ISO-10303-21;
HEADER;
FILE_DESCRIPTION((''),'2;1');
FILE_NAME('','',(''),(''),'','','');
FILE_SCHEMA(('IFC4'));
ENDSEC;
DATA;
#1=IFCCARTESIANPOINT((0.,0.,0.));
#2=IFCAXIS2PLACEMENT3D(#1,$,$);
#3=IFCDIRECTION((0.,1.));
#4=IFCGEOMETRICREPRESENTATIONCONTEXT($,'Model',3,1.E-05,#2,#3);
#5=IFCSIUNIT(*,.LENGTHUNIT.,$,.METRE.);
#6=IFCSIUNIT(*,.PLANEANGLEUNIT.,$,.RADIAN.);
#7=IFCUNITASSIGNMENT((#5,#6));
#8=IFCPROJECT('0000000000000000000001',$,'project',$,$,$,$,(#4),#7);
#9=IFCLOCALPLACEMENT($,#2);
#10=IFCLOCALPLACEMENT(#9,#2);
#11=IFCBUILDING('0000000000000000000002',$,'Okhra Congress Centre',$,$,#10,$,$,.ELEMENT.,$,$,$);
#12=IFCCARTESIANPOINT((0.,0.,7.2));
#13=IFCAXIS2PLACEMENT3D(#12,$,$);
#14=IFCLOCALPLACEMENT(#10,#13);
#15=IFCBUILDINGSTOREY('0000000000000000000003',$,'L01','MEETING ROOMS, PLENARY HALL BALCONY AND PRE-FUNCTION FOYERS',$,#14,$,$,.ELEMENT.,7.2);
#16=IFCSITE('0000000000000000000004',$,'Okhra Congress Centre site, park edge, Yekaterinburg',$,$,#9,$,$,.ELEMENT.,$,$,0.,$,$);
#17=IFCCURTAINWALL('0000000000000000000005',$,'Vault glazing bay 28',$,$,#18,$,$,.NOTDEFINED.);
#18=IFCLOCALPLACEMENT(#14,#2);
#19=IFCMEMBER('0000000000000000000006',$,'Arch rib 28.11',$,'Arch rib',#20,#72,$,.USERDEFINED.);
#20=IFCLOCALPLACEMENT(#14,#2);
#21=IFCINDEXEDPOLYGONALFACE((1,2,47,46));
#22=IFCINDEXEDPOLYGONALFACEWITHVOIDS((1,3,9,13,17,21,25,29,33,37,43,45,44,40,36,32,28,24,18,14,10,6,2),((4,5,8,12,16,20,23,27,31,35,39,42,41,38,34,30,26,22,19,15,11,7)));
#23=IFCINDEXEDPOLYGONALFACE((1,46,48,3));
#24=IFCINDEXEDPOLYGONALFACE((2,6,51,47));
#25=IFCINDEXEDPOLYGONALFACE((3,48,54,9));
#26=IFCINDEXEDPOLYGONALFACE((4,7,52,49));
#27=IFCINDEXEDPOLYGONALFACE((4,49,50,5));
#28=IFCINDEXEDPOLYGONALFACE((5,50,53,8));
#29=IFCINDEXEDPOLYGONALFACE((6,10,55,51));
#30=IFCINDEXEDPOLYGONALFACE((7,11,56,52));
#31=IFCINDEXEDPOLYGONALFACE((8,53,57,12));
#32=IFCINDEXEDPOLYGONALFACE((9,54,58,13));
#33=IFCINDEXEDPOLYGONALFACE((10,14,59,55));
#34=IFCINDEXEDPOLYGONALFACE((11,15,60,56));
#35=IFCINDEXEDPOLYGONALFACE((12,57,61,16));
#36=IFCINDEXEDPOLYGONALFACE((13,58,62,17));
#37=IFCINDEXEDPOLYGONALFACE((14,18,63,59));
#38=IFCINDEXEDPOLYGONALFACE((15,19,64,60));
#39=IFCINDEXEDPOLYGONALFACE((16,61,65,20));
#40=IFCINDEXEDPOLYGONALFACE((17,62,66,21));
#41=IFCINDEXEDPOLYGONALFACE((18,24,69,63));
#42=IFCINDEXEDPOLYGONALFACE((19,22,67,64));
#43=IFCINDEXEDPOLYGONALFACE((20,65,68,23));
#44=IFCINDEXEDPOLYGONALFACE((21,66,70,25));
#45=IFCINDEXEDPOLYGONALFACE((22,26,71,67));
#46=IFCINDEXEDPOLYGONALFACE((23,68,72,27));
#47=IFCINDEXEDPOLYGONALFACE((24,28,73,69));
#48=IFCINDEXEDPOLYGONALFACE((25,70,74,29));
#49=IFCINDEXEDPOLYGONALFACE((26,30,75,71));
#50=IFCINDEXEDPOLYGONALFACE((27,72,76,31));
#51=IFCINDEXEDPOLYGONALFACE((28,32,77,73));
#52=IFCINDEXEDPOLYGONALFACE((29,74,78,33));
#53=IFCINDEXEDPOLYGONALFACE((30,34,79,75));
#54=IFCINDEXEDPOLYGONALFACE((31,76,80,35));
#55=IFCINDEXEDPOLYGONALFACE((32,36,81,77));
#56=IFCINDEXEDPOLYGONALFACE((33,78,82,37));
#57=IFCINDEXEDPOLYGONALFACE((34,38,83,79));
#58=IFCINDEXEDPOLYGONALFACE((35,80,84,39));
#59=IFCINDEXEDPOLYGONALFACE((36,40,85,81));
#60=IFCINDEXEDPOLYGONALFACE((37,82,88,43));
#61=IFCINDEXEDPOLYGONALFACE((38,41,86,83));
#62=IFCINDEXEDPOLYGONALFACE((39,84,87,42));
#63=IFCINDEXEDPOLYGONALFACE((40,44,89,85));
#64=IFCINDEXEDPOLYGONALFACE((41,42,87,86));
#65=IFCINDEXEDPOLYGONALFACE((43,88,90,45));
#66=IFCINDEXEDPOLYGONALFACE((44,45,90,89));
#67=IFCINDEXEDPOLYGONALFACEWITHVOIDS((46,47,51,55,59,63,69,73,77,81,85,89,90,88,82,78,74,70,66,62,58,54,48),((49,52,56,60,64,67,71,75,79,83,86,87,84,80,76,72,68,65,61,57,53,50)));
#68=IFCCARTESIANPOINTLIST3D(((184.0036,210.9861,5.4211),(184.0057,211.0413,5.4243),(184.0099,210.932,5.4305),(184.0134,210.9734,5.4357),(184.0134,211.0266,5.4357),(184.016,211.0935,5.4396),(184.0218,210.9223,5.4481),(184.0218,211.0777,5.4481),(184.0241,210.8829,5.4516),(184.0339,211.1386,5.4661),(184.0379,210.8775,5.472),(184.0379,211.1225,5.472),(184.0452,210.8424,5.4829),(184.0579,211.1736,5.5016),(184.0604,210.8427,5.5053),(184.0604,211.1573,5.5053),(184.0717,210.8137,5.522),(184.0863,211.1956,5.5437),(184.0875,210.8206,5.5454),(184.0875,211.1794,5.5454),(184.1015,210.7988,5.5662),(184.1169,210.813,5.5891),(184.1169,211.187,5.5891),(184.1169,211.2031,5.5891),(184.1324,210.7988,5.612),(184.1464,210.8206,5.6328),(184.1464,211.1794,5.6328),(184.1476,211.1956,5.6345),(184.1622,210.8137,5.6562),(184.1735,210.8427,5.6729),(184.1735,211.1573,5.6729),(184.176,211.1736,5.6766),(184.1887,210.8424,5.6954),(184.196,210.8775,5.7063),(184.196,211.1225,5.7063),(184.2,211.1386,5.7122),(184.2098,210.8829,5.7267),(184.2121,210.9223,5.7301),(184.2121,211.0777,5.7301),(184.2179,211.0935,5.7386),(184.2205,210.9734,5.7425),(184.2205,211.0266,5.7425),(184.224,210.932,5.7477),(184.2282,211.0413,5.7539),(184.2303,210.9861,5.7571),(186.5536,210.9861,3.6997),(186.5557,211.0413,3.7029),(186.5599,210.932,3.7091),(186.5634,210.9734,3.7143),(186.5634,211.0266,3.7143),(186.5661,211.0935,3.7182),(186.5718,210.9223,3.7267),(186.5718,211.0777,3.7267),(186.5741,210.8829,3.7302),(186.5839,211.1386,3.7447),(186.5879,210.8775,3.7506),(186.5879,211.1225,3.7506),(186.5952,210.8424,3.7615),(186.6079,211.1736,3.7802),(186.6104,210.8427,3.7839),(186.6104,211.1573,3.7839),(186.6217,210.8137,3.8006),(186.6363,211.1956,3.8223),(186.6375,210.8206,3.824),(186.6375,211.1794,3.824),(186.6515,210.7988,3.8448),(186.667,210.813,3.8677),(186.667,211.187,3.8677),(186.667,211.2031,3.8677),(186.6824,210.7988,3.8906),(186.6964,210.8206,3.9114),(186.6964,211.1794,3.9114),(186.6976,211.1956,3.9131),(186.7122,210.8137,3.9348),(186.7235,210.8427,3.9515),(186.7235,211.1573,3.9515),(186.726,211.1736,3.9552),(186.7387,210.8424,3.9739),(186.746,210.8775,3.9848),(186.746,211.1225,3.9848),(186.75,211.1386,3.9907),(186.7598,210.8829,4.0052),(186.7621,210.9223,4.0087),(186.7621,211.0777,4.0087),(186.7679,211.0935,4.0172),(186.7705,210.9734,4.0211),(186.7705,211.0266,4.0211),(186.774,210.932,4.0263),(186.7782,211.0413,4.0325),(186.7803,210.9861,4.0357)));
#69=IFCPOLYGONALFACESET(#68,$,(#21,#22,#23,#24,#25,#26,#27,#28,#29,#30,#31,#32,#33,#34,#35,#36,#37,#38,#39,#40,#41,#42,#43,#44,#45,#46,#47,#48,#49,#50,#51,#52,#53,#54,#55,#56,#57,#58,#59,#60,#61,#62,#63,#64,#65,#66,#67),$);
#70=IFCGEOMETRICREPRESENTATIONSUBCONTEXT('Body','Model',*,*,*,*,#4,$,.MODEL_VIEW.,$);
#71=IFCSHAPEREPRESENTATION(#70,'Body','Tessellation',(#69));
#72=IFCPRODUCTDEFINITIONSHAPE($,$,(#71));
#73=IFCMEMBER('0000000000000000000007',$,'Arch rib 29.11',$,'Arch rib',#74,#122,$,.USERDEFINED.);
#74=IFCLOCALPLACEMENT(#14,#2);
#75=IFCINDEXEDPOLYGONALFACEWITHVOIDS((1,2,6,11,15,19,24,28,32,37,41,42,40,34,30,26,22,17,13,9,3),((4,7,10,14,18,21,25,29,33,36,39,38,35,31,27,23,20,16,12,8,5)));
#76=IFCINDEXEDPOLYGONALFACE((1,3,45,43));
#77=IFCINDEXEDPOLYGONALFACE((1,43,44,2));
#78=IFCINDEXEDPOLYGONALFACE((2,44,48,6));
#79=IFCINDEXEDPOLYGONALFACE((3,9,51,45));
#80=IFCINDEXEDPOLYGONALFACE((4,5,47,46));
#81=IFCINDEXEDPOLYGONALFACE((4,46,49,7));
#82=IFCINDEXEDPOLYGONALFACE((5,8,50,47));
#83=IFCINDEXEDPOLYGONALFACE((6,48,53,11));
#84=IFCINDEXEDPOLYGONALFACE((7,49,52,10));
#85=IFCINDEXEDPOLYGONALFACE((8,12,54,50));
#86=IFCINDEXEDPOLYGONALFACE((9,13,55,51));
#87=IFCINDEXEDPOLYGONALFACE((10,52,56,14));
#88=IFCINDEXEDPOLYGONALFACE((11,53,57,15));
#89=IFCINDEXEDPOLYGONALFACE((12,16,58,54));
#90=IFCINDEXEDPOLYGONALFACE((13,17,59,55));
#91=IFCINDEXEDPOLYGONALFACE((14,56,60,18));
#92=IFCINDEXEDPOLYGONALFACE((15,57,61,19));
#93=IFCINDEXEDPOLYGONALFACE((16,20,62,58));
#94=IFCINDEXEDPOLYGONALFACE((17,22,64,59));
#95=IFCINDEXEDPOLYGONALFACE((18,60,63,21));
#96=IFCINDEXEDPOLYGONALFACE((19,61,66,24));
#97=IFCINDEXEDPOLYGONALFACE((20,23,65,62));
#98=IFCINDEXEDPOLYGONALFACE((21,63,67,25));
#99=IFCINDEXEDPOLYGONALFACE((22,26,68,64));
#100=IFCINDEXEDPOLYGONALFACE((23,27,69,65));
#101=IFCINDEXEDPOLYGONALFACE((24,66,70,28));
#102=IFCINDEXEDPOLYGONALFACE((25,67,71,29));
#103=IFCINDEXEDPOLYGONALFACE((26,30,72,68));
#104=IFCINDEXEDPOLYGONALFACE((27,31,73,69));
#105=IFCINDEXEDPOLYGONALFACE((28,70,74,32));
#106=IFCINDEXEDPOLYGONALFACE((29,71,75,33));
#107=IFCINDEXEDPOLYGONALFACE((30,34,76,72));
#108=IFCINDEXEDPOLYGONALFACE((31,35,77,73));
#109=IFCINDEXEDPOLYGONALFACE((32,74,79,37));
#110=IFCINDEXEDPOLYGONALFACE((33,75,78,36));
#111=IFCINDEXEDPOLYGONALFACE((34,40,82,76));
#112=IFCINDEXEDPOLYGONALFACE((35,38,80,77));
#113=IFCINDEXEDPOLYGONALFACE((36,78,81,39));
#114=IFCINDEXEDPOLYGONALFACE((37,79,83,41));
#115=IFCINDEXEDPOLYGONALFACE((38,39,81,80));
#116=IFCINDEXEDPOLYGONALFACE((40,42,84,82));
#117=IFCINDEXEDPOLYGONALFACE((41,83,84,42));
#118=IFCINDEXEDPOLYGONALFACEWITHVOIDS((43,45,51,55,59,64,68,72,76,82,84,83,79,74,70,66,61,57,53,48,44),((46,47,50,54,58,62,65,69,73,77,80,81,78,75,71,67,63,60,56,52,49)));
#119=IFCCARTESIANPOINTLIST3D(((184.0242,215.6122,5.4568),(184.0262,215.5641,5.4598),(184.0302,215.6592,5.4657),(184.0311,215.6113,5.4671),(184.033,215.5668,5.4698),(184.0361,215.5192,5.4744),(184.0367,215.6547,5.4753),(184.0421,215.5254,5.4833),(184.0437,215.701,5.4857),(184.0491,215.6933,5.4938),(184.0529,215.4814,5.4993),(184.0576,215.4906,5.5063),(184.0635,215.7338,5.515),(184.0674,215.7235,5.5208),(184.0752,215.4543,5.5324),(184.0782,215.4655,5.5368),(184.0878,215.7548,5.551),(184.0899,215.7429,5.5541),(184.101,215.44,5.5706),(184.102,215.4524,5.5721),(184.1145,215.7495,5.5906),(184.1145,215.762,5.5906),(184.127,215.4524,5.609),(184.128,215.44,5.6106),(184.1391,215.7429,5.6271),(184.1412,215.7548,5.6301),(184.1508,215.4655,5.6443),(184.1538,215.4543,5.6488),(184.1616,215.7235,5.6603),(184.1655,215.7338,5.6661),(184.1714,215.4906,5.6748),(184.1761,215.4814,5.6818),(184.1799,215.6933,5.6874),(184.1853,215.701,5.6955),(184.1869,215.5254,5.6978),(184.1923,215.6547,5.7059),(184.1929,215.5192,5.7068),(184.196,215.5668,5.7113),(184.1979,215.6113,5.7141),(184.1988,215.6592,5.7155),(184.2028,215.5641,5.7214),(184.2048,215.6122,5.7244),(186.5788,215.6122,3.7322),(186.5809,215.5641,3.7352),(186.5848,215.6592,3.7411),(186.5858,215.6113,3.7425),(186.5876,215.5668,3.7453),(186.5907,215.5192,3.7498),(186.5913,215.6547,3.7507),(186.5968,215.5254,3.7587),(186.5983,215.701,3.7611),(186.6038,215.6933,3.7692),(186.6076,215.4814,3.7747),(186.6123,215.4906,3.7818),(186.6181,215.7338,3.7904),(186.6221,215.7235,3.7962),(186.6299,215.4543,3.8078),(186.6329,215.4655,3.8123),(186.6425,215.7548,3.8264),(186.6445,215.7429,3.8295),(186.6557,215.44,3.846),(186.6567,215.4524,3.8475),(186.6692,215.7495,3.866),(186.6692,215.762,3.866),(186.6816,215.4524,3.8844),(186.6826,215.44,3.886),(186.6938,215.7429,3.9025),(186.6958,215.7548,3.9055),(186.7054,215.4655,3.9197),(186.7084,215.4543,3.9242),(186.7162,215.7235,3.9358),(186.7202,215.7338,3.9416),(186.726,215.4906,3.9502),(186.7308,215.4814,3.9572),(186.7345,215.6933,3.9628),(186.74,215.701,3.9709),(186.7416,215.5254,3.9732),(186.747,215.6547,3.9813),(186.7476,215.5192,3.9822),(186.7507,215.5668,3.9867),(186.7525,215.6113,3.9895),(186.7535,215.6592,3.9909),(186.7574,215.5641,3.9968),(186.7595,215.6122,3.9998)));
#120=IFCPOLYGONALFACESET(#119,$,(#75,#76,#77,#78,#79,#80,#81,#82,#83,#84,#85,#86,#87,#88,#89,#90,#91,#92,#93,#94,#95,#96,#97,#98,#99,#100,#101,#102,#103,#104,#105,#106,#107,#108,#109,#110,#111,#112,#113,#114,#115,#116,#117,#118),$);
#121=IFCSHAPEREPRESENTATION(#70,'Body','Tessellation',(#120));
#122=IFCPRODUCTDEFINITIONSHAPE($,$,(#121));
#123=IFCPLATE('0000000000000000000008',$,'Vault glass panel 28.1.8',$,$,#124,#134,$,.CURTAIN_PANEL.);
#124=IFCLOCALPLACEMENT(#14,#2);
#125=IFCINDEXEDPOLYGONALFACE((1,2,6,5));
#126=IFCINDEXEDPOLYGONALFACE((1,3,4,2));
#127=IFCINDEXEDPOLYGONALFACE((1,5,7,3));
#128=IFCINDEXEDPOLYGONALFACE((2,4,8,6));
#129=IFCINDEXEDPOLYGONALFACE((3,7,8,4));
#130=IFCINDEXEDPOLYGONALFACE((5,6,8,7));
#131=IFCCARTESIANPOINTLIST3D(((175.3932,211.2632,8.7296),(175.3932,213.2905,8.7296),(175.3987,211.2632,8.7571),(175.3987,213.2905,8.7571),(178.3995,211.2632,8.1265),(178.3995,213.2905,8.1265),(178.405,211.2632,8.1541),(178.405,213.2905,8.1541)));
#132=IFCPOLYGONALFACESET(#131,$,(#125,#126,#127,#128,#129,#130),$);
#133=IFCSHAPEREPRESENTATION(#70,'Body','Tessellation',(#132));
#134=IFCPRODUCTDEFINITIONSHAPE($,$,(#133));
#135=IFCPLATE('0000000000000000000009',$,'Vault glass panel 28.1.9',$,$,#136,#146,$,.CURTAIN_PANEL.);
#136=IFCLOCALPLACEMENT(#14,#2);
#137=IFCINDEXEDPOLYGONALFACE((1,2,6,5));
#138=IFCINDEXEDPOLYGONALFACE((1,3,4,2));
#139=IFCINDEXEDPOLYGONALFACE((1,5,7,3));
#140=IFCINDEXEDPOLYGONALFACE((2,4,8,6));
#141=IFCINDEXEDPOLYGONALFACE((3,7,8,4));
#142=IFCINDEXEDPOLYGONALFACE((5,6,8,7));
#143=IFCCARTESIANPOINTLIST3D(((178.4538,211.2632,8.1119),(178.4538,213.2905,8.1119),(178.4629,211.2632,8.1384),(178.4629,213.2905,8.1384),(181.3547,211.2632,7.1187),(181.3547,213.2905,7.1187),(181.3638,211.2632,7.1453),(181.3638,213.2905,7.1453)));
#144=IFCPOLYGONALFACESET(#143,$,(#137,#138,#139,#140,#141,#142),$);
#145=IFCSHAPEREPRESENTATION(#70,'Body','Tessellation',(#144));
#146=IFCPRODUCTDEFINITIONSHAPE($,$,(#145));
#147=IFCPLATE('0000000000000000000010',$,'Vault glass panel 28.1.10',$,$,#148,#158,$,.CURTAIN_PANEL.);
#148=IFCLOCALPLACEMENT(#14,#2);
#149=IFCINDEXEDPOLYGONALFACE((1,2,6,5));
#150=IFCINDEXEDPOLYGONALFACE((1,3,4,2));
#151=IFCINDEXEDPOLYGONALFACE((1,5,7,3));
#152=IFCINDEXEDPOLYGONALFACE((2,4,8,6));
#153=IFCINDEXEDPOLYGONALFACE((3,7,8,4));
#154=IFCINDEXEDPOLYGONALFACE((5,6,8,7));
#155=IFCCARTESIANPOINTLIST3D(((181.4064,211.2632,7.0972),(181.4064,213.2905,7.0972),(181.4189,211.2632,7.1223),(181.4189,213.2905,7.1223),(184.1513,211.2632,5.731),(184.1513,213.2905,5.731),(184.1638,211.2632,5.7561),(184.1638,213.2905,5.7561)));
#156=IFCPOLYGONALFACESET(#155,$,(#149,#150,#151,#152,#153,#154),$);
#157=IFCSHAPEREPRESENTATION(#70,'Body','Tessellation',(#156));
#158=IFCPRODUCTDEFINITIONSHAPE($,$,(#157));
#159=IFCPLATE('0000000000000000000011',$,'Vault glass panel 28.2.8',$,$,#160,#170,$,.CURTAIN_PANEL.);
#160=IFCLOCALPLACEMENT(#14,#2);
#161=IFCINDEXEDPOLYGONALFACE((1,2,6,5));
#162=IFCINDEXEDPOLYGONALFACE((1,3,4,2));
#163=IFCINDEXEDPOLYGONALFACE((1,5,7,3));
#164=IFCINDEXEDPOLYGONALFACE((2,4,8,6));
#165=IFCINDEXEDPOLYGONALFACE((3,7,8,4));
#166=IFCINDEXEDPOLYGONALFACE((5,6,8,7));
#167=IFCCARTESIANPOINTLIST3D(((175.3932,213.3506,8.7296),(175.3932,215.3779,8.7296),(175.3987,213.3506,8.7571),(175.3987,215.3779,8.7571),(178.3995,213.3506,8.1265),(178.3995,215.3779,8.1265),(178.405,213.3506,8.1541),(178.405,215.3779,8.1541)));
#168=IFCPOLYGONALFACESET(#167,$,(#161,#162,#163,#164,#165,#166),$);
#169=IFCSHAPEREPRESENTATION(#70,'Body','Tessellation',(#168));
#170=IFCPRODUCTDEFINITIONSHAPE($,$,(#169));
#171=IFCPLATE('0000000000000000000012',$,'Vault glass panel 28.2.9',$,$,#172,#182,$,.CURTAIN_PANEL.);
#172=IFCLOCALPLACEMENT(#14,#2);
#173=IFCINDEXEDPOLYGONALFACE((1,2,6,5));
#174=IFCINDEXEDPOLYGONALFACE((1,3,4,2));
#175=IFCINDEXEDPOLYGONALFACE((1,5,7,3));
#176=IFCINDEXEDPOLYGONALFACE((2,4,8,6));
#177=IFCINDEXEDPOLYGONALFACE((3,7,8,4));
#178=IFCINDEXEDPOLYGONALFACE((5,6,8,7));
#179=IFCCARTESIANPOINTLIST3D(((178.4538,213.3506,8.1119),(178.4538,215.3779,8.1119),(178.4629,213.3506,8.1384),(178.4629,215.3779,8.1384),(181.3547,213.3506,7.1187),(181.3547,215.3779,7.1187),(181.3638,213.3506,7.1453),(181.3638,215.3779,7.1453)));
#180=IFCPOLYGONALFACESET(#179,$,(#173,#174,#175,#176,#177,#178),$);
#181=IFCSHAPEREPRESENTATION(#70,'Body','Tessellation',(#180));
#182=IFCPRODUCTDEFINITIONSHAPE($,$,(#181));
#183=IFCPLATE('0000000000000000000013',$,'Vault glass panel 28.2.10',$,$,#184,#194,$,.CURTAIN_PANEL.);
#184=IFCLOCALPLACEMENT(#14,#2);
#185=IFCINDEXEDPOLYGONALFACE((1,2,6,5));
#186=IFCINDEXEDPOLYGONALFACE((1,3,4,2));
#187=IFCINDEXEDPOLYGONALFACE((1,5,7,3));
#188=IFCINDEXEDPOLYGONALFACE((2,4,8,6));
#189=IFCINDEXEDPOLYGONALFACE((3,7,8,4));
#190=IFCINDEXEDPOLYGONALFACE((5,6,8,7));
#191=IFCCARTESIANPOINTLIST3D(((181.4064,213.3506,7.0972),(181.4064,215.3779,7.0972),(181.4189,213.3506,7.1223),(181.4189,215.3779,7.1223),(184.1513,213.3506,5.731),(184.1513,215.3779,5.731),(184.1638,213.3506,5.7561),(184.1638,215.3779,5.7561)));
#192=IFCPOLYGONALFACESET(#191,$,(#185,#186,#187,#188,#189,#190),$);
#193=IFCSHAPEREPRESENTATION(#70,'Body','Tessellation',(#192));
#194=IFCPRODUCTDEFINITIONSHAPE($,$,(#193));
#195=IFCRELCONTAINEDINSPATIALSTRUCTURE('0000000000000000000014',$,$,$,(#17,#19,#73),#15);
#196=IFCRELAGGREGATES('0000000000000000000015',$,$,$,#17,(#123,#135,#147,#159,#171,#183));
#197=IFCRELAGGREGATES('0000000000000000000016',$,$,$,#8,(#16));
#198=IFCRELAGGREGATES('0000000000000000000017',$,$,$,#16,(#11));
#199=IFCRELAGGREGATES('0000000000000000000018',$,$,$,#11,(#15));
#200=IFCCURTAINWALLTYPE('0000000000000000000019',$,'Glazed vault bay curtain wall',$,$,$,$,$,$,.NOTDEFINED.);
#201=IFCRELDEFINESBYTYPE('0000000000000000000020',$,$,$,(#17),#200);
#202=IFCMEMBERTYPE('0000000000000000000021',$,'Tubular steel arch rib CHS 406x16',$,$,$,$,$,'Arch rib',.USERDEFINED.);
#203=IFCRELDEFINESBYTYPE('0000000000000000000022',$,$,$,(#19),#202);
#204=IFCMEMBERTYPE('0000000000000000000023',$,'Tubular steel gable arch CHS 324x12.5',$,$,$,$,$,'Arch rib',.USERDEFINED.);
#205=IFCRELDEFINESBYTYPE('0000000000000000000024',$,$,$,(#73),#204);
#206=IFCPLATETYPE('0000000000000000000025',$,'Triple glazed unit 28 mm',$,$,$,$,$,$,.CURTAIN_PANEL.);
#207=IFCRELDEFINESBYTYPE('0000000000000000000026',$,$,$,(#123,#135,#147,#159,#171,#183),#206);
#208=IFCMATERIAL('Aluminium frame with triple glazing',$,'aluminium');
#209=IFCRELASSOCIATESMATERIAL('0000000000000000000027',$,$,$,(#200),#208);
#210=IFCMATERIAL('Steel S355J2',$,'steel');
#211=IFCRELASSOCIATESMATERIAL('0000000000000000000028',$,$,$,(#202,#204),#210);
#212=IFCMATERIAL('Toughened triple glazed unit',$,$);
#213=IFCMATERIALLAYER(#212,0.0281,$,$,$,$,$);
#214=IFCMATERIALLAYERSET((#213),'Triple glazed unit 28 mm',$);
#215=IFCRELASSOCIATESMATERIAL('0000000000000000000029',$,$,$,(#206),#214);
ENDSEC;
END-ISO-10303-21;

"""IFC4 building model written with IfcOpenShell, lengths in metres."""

from ifc_helpers import new_model, si_unit, direction, frame, origin, origin_2d, place, context, subcontext, project, spatial, polyline, hollow_circle, outline, extrude, material, layer, layer_set, material_profile, profile_set, type_object, element, aggregate, save


model = new_model("IFC4")

# Units and contexts
model_context = context("Model", 3, precision=1e-05, world=origin(), true_north=direction((0.0, 1.0)))
body_context = subcontext(model_context, "Body", "Model", "MODEL_VIEW")
ifc_project = project(units=[si_unit("LENGTHUNIT", "METRE"), si_unit("PLANEANGLEUNIT", "RADIAN")], contexts=[model_context])

# Site, building, storey
site_placement = place(None, origin())
site = spatial("IfcSite", under=ifc_project, at=site_placement, Name="Okhra Congress Centre site, park edge, Yekaterinburg", CompositionType="ELEMENT", RefElevation=0.0)
building_placement = place(site_placement, origin())
building = spatial("IfcBuilding", under=site, at=building_placement, Name="Okhra Congress Centre", CompositionType="ELEMENT")
storey_placement = place(building_placement, frame((0.0, 0.0, 7.2)))
storey = spatial("IfcBuildingStorey", under=building, at=storey_placement, Name="L01", Description="MEETING ROOMS, PLENARY HALL BALCONY AND PRE-FUNCTION FOYERS", CompositionType="ELEMENT", Elevation=7.2)

# Curtain wall
ifc_material_1 = material(Name="Aluminium frame with triple glazing", Category="aluminium")
curtain_wall_type = type_object("IfcCurtainWallType", Name="Glazed vault bay curtain wall", PredefinedType="NOTDEFINED", material=ifc_material_1)
curtain_wall_placement = place(storey_placement, origin())
curtain_wall = element("IfcCurtainWall", 1, at=curtain_wall_placement, inside=storey, type_object=curtain_wall_type, Name="Vault glazing bay 28", PredefinedType="NOTDEFINED")

# Members
ifc_material_2 = material(Name="Steel S355J2", Category="steel")
ifc_material_profile_1 = material_profile(ifc_material_2, hollow_circle(Radius=0.2031, WallThickness=0.0161, at=origin_2d()), Name="CHS 406.4x16")
ifc_profile_set_1 = profile_set([ifc_material_profile_1], Name="Steel S355J2")
member_type_1 = type_object("IfcMemberType", Name="Tubular steel arch rib CHS 406x16", ElementType="Arch rib", PredefinedType="USERDEFINED", material=ifc_profile_set_1)
member_1_placement = place(storey_placement, frame((184.1169, 211.0, 5.5891), z_axis=(0.828826, 0.0, -0.559507), x_axis=(0.0, 1.0, 0.0)))
element("IfcMember", 2, at=member_1_placement, inside=storey, type_object=member_type_1, Name="Arch rib 28.11", ObjectType="Arch rib", PredefinedType="USERDEFINED", context=body_context, shape_type="SweptSolid", body=[
    extrude(hollow_circle(Radius=0.2031, WallThickness=0.0161, at=origin_2d()), origin(), (0.0, 0.0, 1.0), 3.0767),
])
ifc_material_profile_2 = material_profile(ifc_material_2, hollow_circle(Radius=0.1619, WallThickness=0.0125, at=origin_2d()), Name="CHS 323.9x12.5")
ifc_profile_set_2 = profile_set([ifc_material_profile_2], Name="Steel S355J2")
member_type_2 = type_object("IfcMemberType", Name="Tubular steel gable arch CHS 324x12.5", ElementType="Arch rib", PredefinedType="USERDEFINED", material=ifc_profile_set_2)
member_2_placement = place(storey_placement, frame((184.1145, 215.6001, 5.5906), z_axis=(0.828819, 0.0, -0.559516), x_axis=(0.0, 1.0, 0.0)))
element("IfcMember", 3, at=member_2_placement, inside=storey, type_object=member_type_2, Name="Arch rib 29.11", ObjectType="Arch rib", PredefinedType="USERDEFINED", context=body_context, shape_type="SweptSolid", body=[
    extrude(hollow_circle(Radius=0.1619, WallThickness=0.0125, at=origin_2d()), origin(), (0.0, 0.0, 1.0), 3.0823),
])

# Plates
ifc_material_3 = material(Name="Toughened triple glazed unit")
ifc_layer = layer(ifc_material_3, 0.0281)
ifc_layer_set = layer_set([ifc_layer], Name="Triple glazed unit 28 mm")
plate_type = type_object("IfcPlateType", Name="Triple glazed unit 28 mm", PredefinedType="CURTAIN_PANEL", material=ifc_layer_set)
plate_1_placement = place(storey_placement, frame((175.3987, 211.2632, 8.7571), z_axis=(0.196667, 0.0, 0.98047), x_axis=(0.98047, 0.0, -0.196667)))
plate_1 = element("IfcPlate", 4, at=plate_1_placement, type_object=plate_type, Name="Vault glass panel 28.1.8", PredefinedType="CURTAIN_PANEL", context=body_context, shape_type="SweptSolid", body=[
    extrude(outline(polyline([(0.0, 0.0), (3.0662, 0.0), (3.0662, 2.0273), (0.0, 2.0273), (0.0, 0.0)])), origin(), (0.0, 0.0, -1.0), 0.0281),
])
plate_2_placement = place(storey_placement, frame((178.4629, 211.2632, 8.1384), z_axis=(0.323909, 0.0, 0.946088), x_axis=(0.946088, 0.0, -0.323909)))
plate_2 = element("IfcPlate", 5, at=plate_2_placement, type_object=plate_type, Name="Vault glass panel 28.1.9", PredefinedType="CURTAIN_PANEL", context=body_context, shape_type="SweptSolid", body=[
    extrude(outline(polyline([(0.0, 0.0), (3.0662, 0.0), (3.0662, 2.0273), (0.0, 2.0273), (0.0, 0.0)])), origin(), (0.0, 0.0, -1.0), 0.0281),
])
plate_3_placement = place(storey_placement, frame((181.4189, 211.2632, 7.1223), z_axis=(0.445588, 0.0, 0.895238), x_axis=(0.895238, 0.0, -0.445588)))
plate_3 = element("IfcPlate", 6, at=plate_3_placement, type_object=plate_type, Name="Vault glass panel 28.1.10", PredefinedType="CURTAIN_PANEL", context=body_context, shape_type="SweptSolid", body=[
    extrude(outline(polyline([(0.0, 0.0), (3.0661, 0.0), (3.0661, 2.0273), (0.0, 2.0273), (0.0, 0.0)])), origin(), (0.0, 0.0, -1.0), 0.0281),
])
plate_4_placement = place(storey_placement, frame((175.3987, 213.3506, 8.7571), z_axis=(0.196667, 0.0, 0.98047), x_axis=(0.98047, 0.0, -0.196667)))
plate_4 = element("IfcPlate", 7, at=plate_4_placement, type_object=plate_type, Name="Vault glass panel 28.2.8", PredefinedType="CURTAIN_PANEL", context=body_context, shape_type="SweptSolid", body=[
    extrude(outline(polyline([(0.0, 0.0), (3.0662, 0.0), (3.0662, 2.0273), (0.0, 2.0273), (0.0, 0.0)])), origin(), (0.0, 0.0, -1.0), 0.0281),
])
plate_5_placement = place(storey_placement, frame((178.4629, 213.3506, 8.1384), z_axis=(0.323909, 0.0, 0.946088), x_axis=(0.946088, 0.0, -0.323909)))
plate_5 = element("IfcPlate", 8, at=plate_5_placement, type_object=plate_type, Name="Vault glass panel 28.2.9", PredefinedType="CURTAIN_PANEL", context=body_context, shape_type="SweptSolid", body=[
    extrude(outline(polyline([(0.0, 0.0), (3.0662, 0.0), (3.0662, 2.0273), (0.0, 2.0273), (0.0, 0.0)])), origin(), (0.0, 0.0, -1.0), 0.0281),
])
plate_6_placement = place(storey_placement, frame((181.4189, 213.3506, 7.1223), z_axis=(0.445588, 0.0, 0.895238), x_axis=(0.895238, 0.0, -0.445588)))
plate_6 = element("IfcPlate", 9, at=plate_6_placement, type_object=plate_type, Name="Vault glass panel 28.2.10", PredefinedType="CURTAIN_PANEL", context=body_context, shape_type="SweptSolid", body=[
    extrude(outline(polyline([(0.0, 0.0), (3.0661, 0.0), (3.0661, 2.0273), (0.0, 2.0273), (0.0, 0.0)])), origin(), (0.0, 0.0, -1.0), 0.0281),
])
aggregate(curtain_wall, [plate_1, plate_2, plate_3, plate_4, plate_5, plate_6])

save(model, "model.ifc")
